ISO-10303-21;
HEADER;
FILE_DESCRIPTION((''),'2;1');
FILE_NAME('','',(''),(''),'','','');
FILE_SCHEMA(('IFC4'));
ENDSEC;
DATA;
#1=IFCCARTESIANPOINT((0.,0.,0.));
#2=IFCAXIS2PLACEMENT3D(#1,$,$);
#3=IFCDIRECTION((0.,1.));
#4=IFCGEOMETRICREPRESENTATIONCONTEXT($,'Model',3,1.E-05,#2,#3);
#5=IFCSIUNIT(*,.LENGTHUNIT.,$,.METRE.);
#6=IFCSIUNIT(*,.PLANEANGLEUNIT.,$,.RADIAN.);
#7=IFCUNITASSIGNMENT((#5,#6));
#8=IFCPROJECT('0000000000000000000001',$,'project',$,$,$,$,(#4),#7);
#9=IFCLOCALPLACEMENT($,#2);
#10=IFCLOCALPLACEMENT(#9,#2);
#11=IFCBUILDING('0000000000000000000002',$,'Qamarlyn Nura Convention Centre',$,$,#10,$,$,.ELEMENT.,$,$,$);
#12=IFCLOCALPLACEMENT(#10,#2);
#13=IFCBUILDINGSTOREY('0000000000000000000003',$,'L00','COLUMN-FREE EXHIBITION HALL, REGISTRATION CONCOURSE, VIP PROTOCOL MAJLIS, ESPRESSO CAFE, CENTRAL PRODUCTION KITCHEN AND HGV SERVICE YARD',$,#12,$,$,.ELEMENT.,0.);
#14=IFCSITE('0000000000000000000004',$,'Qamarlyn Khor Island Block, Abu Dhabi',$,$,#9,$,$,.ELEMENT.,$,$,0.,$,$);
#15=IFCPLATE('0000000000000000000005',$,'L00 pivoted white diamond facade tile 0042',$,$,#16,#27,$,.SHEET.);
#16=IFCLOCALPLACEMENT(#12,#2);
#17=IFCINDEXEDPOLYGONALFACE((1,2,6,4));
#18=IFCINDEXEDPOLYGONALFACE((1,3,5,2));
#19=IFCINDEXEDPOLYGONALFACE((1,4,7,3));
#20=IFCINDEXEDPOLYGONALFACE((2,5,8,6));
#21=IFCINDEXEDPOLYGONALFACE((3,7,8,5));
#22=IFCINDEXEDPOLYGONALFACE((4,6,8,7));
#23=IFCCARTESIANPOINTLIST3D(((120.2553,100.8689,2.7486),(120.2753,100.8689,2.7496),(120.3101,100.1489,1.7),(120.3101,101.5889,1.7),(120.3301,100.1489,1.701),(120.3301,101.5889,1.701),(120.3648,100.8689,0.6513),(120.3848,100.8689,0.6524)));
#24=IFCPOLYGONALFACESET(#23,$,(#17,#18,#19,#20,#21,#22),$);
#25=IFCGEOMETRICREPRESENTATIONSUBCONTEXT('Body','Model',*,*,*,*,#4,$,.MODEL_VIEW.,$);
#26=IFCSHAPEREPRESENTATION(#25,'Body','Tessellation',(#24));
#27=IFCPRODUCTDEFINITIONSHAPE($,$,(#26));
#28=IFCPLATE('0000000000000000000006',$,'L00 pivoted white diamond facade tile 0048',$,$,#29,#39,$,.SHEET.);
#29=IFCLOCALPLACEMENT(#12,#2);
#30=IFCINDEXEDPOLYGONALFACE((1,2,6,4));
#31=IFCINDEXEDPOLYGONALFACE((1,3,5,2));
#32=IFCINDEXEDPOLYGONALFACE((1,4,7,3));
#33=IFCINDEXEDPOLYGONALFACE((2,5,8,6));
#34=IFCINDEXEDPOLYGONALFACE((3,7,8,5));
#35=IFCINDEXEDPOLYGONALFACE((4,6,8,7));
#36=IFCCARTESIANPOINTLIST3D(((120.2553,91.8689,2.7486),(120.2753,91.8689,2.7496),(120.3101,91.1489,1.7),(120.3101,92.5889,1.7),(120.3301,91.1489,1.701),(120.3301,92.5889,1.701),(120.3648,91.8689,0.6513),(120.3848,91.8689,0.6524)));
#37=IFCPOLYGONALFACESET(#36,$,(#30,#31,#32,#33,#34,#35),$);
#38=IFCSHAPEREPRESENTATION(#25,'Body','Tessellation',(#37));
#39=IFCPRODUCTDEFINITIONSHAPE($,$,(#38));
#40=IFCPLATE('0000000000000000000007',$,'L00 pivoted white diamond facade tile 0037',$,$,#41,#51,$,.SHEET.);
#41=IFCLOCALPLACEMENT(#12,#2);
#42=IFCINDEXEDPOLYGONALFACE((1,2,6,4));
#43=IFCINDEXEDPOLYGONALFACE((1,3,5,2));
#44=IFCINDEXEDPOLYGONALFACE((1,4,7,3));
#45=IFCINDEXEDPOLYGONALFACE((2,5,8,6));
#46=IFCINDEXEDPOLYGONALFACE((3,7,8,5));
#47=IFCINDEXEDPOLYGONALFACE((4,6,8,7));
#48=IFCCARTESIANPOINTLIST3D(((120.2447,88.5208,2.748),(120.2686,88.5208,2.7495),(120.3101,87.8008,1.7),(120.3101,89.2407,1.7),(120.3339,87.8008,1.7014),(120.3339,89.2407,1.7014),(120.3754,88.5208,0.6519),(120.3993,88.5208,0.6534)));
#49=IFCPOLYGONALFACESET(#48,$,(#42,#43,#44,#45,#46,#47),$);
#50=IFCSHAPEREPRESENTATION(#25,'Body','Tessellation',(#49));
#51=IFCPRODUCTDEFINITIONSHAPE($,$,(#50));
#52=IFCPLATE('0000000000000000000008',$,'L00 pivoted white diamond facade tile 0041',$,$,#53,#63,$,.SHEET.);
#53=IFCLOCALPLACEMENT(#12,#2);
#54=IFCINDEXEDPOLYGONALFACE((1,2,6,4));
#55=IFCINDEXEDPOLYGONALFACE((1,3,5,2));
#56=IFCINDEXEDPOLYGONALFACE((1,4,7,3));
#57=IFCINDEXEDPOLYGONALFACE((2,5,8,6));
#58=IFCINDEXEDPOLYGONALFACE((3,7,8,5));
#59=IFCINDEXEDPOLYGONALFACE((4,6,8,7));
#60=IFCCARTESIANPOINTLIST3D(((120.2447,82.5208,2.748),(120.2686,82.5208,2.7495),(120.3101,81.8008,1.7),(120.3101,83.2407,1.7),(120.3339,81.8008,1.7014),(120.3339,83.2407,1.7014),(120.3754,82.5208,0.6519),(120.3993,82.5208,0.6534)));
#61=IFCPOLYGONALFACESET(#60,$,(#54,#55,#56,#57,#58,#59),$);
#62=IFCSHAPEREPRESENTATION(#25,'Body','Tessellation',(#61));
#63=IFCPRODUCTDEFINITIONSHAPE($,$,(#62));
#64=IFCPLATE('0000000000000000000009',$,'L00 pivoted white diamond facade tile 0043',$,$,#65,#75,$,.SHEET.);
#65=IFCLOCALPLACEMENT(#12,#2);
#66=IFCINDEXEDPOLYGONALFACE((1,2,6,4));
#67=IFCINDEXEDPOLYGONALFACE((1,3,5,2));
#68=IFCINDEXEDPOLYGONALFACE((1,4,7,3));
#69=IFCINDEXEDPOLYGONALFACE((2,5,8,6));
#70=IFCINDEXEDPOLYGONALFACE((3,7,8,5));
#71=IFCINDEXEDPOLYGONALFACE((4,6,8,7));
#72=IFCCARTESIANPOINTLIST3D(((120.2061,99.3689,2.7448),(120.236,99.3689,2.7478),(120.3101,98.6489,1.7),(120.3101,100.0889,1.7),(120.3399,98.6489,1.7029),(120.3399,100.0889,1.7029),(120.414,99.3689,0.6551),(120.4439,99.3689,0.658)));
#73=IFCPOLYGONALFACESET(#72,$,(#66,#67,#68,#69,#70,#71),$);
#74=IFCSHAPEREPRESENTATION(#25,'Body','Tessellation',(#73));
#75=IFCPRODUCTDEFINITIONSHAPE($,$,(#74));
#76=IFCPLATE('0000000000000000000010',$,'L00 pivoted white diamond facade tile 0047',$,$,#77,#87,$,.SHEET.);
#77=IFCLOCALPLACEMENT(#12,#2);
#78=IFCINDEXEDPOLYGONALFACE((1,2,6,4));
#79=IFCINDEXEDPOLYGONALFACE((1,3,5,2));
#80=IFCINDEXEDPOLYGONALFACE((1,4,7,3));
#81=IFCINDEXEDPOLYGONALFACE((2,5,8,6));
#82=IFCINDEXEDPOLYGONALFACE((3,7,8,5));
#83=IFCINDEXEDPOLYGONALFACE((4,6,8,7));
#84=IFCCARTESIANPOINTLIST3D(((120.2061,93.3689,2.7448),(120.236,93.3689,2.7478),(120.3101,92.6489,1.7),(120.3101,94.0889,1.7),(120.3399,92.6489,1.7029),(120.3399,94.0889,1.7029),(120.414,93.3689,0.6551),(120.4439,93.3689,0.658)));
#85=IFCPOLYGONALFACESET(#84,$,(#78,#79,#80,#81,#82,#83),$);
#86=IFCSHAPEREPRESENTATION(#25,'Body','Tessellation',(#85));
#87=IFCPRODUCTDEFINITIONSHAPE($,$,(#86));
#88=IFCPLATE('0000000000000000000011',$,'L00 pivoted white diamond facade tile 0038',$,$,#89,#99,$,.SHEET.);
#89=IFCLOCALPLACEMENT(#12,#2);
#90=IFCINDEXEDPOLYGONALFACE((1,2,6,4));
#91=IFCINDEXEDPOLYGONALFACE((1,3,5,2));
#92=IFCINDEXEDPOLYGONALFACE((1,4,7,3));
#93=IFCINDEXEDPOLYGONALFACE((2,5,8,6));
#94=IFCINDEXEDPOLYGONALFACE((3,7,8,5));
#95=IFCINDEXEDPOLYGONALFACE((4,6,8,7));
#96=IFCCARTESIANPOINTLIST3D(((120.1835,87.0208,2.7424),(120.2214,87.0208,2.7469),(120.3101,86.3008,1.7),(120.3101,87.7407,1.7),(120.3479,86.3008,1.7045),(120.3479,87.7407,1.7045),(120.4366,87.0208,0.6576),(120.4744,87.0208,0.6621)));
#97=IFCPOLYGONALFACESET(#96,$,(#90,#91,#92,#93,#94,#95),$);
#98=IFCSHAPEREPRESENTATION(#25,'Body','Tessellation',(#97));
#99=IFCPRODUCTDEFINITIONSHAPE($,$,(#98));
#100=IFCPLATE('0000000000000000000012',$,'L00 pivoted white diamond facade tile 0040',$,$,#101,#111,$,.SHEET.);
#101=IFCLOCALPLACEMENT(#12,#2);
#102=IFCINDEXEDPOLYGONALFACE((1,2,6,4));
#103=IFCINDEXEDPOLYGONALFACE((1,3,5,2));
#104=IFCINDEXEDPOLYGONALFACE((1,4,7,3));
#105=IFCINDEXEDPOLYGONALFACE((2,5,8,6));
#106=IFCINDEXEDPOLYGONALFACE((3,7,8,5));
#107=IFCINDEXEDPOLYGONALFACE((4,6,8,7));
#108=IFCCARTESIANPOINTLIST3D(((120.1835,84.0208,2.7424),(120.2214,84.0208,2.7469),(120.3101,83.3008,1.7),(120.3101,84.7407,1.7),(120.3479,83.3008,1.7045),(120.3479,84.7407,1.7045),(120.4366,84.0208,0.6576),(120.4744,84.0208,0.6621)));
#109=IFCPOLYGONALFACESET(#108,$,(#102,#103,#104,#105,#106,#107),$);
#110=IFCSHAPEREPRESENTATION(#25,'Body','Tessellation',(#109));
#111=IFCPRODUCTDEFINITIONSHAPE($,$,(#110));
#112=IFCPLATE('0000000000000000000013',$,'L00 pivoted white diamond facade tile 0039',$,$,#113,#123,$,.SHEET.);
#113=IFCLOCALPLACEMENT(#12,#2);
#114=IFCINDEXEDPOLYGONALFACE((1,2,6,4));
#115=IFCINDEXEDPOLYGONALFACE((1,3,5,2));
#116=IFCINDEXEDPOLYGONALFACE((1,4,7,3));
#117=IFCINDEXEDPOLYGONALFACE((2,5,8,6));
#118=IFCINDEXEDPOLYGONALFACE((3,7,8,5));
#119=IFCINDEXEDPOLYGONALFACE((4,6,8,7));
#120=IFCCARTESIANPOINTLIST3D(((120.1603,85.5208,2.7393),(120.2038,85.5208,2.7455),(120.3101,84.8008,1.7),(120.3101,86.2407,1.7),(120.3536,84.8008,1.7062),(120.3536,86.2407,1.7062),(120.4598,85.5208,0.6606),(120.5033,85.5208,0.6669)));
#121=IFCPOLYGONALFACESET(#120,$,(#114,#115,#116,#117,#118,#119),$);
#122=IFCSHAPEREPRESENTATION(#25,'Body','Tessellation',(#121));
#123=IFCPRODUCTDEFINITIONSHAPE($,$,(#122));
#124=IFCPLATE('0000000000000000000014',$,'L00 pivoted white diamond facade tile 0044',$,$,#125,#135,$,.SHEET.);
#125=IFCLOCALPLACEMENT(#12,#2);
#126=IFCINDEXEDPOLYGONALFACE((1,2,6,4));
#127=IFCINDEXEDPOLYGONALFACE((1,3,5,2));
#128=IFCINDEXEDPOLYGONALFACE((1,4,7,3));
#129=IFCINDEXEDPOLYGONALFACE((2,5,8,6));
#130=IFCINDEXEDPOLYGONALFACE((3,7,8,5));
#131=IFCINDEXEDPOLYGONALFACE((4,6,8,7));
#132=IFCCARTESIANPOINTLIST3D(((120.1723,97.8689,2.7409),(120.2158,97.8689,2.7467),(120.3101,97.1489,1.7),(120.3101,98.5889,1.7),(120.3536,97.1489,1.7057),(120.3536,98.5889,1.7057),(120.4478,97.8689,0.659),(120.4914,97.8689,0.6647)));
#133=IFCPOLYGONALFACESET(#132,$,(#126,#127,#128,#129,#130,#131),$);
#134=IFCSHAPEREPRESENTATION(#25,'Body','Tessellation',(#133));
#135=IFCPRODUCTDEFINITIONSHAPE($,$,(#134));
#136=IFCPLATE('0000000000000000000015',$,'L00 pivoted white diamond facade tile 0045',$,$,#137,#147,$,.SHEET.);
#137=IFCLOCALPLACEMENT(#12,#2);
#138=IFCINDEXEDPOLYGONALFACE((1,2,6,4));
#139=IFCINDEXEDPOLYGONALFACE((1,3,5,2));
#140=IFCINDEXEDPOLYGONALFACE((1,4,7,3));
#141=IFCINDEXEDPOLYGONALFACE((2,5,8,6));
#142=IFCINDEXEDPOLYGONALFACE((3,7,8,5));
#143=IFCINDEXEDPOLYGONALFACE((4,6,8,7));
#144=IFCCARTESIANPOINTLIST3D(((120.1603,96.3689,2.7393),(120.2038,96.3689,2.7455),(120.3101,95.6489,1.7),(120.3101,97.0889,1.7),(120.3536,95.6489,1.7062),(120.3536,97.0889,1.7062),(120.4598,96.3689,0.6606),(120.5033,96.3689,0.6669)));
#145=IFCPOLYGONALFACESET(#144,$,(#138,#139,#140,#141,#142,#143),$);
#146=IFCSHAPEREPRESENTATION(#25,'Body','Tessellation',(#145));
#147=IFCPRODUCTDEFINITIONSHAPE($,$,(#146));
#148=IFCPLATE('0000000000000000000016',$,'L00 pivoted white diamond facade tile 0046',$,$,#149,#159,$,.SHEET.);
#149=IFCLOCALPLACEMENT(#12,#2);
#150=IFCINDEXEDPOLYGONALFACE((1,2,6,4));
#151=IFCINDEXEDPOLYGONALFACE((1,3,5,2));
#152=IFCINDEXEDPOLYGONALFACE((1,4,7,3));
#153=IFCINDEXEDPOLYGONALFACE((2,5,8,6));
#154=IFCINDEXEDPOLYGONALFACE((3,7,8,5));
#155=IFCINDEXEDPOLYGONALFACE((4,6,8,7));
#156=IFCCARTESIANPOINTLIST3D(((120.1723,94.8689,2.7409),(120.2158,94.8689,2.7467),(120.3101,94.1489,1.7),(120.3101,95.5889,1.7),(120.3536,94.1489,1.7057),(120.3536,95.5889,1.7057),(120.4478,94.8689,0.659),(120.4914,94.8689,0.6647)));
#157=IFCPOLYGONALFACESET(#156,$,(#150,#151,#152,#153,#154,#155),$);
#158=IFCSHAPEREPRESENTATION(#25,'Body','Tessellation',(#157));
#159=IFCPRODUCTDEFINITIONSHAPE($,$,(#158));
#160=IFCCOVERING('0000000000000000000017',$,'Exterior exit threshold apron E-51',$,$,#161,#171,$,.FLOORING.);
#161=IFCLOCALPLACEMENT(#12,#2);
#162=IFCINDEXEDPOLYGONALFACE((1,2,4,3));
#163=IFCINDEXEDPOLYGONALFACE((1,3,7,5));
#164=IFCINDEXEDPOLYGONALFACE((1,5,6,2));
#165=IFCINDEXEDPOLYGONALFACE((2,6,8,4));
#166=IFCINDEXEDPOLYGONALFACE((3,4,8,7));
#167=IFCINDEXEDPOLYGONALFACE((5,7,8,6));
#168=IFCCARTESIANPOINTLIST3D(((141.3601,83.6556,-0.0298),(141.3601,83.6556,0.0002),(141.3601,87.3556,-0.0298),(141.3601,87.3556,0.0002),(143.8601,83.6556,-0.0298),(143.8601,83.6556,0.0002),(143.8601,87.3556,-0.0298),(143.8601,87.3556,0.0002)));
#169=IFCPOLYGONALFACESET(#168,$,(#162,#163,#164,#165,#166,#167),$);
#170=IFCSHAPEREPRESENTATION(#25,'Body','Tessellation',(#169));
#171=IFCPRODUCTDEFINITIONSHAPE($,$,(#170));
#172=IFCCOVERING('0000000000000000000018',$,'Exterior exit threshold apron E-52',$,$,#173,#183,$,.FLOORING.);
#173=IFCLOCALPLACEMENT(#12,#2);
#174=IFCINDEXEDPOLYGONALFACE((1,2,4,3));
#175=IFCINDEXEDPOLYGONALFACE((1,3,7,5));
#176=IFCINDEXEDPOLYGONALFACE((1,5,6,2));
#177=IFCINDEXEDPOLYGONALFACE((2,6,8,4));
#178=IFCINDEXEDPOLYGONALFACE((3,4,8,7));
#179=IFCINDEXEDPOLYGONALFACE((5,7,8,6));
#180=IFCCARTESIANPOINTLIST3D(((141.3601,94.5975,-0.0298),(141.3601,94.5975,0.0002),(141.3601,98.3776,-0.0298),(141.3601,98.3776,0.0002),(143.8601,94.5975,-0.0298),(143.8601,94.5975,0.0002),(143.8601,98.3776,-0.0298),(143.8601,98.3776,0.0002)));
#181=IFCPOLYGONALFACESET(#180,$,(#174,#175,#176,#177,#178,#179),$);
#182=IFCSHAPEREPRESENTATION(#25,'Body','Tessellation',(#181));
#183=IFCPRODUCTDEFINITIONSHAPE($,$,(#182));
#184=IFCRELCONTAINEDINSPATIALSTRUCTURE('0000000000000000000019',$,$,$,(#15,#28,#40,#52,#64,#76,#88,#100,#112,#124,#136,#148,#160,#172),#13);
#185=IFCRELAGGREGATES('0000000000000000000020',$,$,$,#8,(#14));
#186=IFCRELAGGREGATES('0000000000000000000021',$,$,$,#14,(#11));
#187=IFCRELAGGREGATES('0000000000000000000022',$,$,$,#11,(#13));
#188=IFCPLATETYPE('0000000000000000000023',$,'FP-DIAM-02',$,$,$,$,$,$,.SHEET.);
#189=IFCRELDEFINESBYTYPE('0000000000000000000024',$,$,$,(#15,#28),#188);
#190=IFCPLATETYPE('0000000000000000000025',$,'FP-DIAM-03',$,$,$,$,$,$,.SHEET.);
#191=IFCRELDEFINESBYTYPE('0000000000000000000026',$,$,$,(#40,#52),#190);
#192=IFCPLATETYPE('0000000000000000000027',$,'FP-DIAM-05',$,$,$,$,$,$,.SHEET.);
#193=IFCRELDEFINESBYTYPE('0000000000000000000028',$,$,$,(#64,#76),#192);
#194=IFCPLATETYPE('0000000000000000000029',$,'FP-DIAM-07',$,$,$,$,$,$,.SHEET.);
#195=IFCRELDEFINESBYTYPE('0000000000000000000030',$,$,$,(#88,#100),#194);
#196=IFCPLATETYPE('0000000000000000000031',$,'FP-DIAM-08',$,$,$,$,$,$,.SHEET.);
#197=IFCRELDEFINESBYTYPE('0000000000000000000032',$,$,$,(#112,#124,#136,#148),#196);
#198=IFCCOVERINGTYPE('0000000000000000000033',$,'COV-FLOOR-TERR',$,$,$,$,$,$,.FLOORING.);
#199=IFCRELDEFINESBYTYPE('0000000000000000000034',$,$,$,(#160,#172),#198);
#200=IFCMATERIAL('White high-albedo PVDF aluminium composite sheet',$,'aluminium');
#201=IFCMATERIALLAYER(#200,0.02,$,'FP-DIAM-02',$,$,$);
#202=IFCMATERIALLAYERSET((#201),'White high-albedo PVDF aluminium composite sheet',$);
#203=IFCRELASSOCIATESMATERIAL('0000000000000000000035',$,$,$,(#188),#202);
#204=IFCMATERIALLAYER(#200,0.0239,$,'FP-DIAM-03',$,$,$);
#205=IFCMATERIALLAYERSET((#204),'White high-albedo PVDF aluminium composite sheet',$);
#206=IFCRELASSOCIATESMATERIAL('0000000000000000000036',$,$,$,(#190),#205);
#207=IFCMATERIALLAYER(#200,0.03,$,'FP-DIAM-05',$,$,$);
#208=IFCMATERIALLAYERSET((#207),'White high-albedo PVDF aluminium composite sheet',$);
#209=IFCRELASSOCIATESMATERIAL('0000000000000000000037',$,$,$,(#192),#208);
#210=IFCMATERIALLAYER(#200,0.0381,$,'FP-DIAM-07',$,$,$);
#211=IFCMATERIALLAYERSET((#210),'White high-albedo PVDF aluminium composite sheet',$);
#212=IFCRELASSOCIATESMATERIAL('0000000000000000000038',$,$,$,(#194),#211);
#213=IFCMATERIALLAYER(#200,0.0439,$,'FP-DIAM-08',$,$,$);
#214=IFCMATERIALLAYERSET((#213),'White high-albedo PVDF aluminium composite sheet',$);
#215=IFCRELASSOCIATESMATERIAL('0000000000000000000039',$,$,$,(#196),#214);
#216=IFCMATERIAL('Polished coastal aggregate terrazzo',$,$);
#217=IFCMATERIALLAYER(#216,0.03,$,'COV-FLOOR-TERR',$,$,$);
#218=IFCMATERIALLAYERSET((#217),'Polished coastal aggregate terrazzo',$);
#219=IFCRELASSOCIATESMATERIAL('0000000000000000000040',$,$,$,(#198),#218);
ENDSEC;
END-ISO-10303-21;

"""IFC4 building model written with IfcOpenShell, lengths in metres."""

from ifc_helpers import new_model, si_unit, direction, frame, origin, origin_2d, place, context, subcontext, project, spatial, polyline, rectangle, outline, extrude, material, layer, layer_set, type_object, element, save


model = new_model("IFC4")

# Units and contexts
model_context = context("Model", 3, precision=1e-05, world=origin(), true_north=direction((0.0, 1.0)))
body_context = subcontext(model_context, "Body", "Model", "MODEL_VIEW")
ifc_project = project(units=[si_unit("LENGTHUNIT", "METRE"), si_unit("PLANEANGLEUNIT", "RADIAN")], contexts=[model_context])

# Site, building, storey
site_placement = place(None, origin())
site = spatial("IfcSite", under=ifc_project, at=site_placement, Name="Qamarlyn Khor Island Block, Abu Dhabi", CompositionType="ELEMENT", RefElevation=0.0)
building_placement = place(site_placement, origin())
building = spatial("IfcBuilding", under=site, at=building_placement, Name="Qamarlyn Nura Convention Centre", CompositionType="ELEMENT")
storey_placement = place(building_placement, origin())
storey = spatial("IfcBuildingStorey", under=building, at=storey_placement, Name="L00", Description="COLUMN-FREE EXHIBITION HALL, REGISTRATION CONCOURSE, VIP PROTOCOL MAJLIS, ESPRESSO CAFE, CENTRAL PRODUCTION KITCHEN AND HGV SERVICE YARD", CompositionType="ELEMENT", Elevation=0.0)

# Plates
ifc_material_1 = material(Name="White high-albedo PVDF aluminium composite sheet", Category="aluminium")
ifc_layer_1 = layer(ifc_material_1, 0.02, Name="FP-DIAM-02")
ifc_layer_set_1 = layer_set([ifc_layer_1], Name="White high-albedo PVDF aluminium composite sheet")
plate_type_1 = type_object("IfcPlateType", Name="FP-DIAM-02", PredefinedType="SHEET", material=ifc_layer_set_1)
for number, where, z_axis, x_axis, name in (
    (1, (120.3101, 100.8689, 1.7), (0.998639, 0.0, 0.052162), (0.0, 1.0, 0.0), "L00 pivoted white diamond facade tile 0042"),
    (2, (120.3101, 91.8689, 1.7), (0.998639, 0.0, 0.052162), (0.0, 1.0, 0.0), "L00 pivoted white diamond facade tile 0048"),
):
    element("IfcPlate", number, at=place(storey_placement, frame(where, z_axis=z_axis, x_axis=x_axis)), inside=storey, type_object=plate_type_1, Name=name, PredefinedType="SHEET", context=body_context, shape_type="SweptSolid", body=[
        extrude(outline(polyline([(-0.72, 0.0), (0.0, -1.05), (0.72, 0.0), (0.0, 1.05), (-0.72, 0.0)])), origin(), (0.0, 0.0, 1.0), 0.02),
    ])
ifc_layer_2 = layer(ifc_material_1, 0.0239, Name="FP-DIAM-03")
ifc_layer_set_2 = layer_set([ifc_layer_2], Name="White high-albedo PVDF aluminium composite sheet")
plate_type_2 = type_object("IfcPlateType", Name="FP-DIAM-03", PredefinedType="SHEET", material=ifc_layer_set_2)
for number, where, z_axis, x_axis, name in (
    (3, (120.3101, 88.5208, 1.7), (0.998059, 0.0, 0.062268), (0.0, 1.0, 0.0), "L00 pivoted white diamond facade tile 0037"),
    (4, (120.3101, 82.5208, 1.7), (0.998059, 0.0, 0.062268), (0.0, 1.0, 0.0), "L00 pivoted white diamond facade tile 0041"),
):
    element("IfcPlate", number, at=place(storey_placement, frame(where, z_axis=z_axis, x_axis=x_axis)), inside=storey, type_object=plate_type_2, Name=name, PredefinedType="SHEET", context=body_context, shape_type="SweptSolid", body=[
        extrude(outline(polyline([(-0.72, 0.0), (0.0, -1.05), (0.72, 0.0), (0.0, 1.05), (-0.72, 0.0)])), origin(), (0.0, 0.0, 1.0), 0.0239),
    ])
ifc_layer_3 = layer(ifc_material_1, 0.03, Name="FP-DIAM-05")
ifc_layer_set_3 = layer_set([ifc_layer_3], Name="White high-albedo PVDF aluminium composite sheet")
plate_type_3 = type_object("IfcPlateType", Name="FP-DIAM-05", PredefinedType="SHEET", material=ifc_layer_set_3)
for number, where, z_axis, x_axis, name in (
    (5, (120.3101, 99.3689, 1.7), (0.99509, 0.0, 0.098972), (0.0, 1.0, 0.0), "L00 pivoted white diamond facade tile 0043"),
    (6, (120.3101, 93.3689, 1.7), (0.99509, 0.0, 0.098972), (0.0, 1.0, 0.0), "L00 pivoted white diamond facade tile 0047"),
):
    element("IfcPlate", number, at=place(storey_placement, frame(where, z_axis=z_axis, x_axis=x_axis)), inside=storey, type_object=plate_type_3, Name=name, PredefinedType="SHEET", context=body_context, shape_type="SweptSolid", body=[
        extrude(outline(polyline([(-0.72, 0.0), (0.0, -1.05), (0.72, 0.0), (0.0, 1.05), (-0.72, 0.0)])), origin(), (0.0, 0.0, 1.0), 0.03),
    ])
ifc_layer_4 = layer(ifc_material_1, 0.0381, Name="FP-DIAM-07")
ifc_layer_set_4 = layer_set([ifc_layer_4], Name="White high-albedo PVDF aluminium composite sheet")
plate_type_4 = type_object("IfcPlateType", Name="FP-DIAM-07", PredefinedType="SHEET", material=ifc_layer_set_4)
for number, where, z_axis, x_axis, name in (
    (7, (120.3101, 87.0208, 1.7), (0.992715, 0.0, 0.120483), (0.0, 1.0, 0.0), "L00 pivoted white diamond facade tile 0038"),
    (8, (120.3101, 84.0208, 1.7), (0.992715, 0.0, 0.120483), (0.0, 1.0, 0.0), "L00 pivoted white diamond facade tile 0040"),
):
    element("IfcPlate", number, at=place(storey_placement, frame(where, z_axis=z_axis, x_axis=x_axis)), inside=storey, type_object=plate_type_4, Name=name, PredefinedType="SHEET", context=body_context, shape_type="SweptSolid", body=[
        extrude(outline(polyline([(-0.72, 0.0), (0.0, -1.05), (0.72, 0.0), (0.0, 1.05), (-0.72, 0.0)])), origin(), (0.0, 0.0, 1.0), 0.0381),
    ])
ifc_layer_5 = layer(ifc_material_1, 0.0439, Name="FP-DIAM-08")
ifc_layer_set_5 = layer_set([ifc_layer_5], Name="White high-albedo PVDF aluminium composite sheet")
plate_type_5 = type_object("IfcPlateType", Name="FP-DIAM-08", PredefinedType="SHEET", material=ifc_layer_set_5)
for number, where, z_axis, x_axis, name in (
    (9, (120.3101, 85.5208, 1.7), (0.989776, 0.0, 0.142629), (0.0, 1.0, 0.0), "L00 pivoted white diamond facade tile 0039"),
    (10, (120.3101, 97.8689, 1.7), (0.991353, 0.0, 0.131218), (0.0, 1.0, 0.0), "L00 pivoted white diamond facade tile 0044"),
    (11, (120.3101, 96.3689, 1.7), (0.989776, 0.0, 0.142629), (0.0, 1.0, 0.0), "L00 pivoted white diamond facade tile 0045"),
    (12, (120.3101, 94.8689, 1.7), (0.991353, 0.0, 0.131218), (0.0, 1.0, 0.0), "L00 pivoted white diamond facade tile 0046"),
):
    element("IfcPlate", number, at=place(storey_placement, frame(where, z_axis=z_axis, x_axis=x_axis)), inside=storey, type_object=plate_type_5, Name=name, PredefinedType="SHEET", context=body_context, shape_type="SweptSolid", body=[
        extrude(outline(polyline([(-0.72, 0.0), (0.0, -1.05), (0.72, 0.0), (0.0, 1.05), (-0.72, 0.0)])), origin(), (0.0, 0.0, 1.0), 0.0439),
    ])

# Coverings
ifc_material_2 = material(Name="Polished coastal aggregate terrazzo")
ifc_layer_6 = layer(ifc_material_2, 0.03, Name="COV-FLOOR-TERR")
ifc_layer_set_6 = layer_set([ifc_layer_6], Name="Polished coastal aggregate terrazzo")
covering_type = type_object("IfcCoveringType", Name="COV-FLOOR-TERR", PredefinedType="FLOORING", material=ifc_layer_set_6)
covering_1_placement = place(storey_placement, frame((142.6101, 85.5056, -0.0298), z_axis=(0.0, 0.0, 1.0), x_axis=(0.0, 1.0, 0.0)))
element("IfcCovering", 13, at=covering_1_placement, inside=storey, type_object=covering_type, Name="Exterior exit threshold apron E-51", PredefinedType="FLOORING", context=body_context, shape_type="SweptSolid", body=[
    extrude(rectangle(XDim=3.7, YDim=2.5, at=origin_2d()), origin(), (0.0, 0.0, 1.0), 0.03),
])
covering_2_placement = place(storey_placement, frame((142.6101, 96.4875, -0.0298), z_axis=(0.0, 0.0, 1.0), x_axis=(0.0, 1.0, 0.0)))
element("IfcCovering", 14, at=covering_2_placement, inside=storey, type_object=covering_type, Name="Exterior exit threshold apron E-52", PredefinedType="FLOORING", context=body_context, shape_type="SweptSolid", body=[
    extrude(rectangle(XDim=3.78, YDim=2.5, at=origin_2d()), origin(), (0.0, 0.0, 1.0), 0.03),
])

save(model, "model.ifc")
